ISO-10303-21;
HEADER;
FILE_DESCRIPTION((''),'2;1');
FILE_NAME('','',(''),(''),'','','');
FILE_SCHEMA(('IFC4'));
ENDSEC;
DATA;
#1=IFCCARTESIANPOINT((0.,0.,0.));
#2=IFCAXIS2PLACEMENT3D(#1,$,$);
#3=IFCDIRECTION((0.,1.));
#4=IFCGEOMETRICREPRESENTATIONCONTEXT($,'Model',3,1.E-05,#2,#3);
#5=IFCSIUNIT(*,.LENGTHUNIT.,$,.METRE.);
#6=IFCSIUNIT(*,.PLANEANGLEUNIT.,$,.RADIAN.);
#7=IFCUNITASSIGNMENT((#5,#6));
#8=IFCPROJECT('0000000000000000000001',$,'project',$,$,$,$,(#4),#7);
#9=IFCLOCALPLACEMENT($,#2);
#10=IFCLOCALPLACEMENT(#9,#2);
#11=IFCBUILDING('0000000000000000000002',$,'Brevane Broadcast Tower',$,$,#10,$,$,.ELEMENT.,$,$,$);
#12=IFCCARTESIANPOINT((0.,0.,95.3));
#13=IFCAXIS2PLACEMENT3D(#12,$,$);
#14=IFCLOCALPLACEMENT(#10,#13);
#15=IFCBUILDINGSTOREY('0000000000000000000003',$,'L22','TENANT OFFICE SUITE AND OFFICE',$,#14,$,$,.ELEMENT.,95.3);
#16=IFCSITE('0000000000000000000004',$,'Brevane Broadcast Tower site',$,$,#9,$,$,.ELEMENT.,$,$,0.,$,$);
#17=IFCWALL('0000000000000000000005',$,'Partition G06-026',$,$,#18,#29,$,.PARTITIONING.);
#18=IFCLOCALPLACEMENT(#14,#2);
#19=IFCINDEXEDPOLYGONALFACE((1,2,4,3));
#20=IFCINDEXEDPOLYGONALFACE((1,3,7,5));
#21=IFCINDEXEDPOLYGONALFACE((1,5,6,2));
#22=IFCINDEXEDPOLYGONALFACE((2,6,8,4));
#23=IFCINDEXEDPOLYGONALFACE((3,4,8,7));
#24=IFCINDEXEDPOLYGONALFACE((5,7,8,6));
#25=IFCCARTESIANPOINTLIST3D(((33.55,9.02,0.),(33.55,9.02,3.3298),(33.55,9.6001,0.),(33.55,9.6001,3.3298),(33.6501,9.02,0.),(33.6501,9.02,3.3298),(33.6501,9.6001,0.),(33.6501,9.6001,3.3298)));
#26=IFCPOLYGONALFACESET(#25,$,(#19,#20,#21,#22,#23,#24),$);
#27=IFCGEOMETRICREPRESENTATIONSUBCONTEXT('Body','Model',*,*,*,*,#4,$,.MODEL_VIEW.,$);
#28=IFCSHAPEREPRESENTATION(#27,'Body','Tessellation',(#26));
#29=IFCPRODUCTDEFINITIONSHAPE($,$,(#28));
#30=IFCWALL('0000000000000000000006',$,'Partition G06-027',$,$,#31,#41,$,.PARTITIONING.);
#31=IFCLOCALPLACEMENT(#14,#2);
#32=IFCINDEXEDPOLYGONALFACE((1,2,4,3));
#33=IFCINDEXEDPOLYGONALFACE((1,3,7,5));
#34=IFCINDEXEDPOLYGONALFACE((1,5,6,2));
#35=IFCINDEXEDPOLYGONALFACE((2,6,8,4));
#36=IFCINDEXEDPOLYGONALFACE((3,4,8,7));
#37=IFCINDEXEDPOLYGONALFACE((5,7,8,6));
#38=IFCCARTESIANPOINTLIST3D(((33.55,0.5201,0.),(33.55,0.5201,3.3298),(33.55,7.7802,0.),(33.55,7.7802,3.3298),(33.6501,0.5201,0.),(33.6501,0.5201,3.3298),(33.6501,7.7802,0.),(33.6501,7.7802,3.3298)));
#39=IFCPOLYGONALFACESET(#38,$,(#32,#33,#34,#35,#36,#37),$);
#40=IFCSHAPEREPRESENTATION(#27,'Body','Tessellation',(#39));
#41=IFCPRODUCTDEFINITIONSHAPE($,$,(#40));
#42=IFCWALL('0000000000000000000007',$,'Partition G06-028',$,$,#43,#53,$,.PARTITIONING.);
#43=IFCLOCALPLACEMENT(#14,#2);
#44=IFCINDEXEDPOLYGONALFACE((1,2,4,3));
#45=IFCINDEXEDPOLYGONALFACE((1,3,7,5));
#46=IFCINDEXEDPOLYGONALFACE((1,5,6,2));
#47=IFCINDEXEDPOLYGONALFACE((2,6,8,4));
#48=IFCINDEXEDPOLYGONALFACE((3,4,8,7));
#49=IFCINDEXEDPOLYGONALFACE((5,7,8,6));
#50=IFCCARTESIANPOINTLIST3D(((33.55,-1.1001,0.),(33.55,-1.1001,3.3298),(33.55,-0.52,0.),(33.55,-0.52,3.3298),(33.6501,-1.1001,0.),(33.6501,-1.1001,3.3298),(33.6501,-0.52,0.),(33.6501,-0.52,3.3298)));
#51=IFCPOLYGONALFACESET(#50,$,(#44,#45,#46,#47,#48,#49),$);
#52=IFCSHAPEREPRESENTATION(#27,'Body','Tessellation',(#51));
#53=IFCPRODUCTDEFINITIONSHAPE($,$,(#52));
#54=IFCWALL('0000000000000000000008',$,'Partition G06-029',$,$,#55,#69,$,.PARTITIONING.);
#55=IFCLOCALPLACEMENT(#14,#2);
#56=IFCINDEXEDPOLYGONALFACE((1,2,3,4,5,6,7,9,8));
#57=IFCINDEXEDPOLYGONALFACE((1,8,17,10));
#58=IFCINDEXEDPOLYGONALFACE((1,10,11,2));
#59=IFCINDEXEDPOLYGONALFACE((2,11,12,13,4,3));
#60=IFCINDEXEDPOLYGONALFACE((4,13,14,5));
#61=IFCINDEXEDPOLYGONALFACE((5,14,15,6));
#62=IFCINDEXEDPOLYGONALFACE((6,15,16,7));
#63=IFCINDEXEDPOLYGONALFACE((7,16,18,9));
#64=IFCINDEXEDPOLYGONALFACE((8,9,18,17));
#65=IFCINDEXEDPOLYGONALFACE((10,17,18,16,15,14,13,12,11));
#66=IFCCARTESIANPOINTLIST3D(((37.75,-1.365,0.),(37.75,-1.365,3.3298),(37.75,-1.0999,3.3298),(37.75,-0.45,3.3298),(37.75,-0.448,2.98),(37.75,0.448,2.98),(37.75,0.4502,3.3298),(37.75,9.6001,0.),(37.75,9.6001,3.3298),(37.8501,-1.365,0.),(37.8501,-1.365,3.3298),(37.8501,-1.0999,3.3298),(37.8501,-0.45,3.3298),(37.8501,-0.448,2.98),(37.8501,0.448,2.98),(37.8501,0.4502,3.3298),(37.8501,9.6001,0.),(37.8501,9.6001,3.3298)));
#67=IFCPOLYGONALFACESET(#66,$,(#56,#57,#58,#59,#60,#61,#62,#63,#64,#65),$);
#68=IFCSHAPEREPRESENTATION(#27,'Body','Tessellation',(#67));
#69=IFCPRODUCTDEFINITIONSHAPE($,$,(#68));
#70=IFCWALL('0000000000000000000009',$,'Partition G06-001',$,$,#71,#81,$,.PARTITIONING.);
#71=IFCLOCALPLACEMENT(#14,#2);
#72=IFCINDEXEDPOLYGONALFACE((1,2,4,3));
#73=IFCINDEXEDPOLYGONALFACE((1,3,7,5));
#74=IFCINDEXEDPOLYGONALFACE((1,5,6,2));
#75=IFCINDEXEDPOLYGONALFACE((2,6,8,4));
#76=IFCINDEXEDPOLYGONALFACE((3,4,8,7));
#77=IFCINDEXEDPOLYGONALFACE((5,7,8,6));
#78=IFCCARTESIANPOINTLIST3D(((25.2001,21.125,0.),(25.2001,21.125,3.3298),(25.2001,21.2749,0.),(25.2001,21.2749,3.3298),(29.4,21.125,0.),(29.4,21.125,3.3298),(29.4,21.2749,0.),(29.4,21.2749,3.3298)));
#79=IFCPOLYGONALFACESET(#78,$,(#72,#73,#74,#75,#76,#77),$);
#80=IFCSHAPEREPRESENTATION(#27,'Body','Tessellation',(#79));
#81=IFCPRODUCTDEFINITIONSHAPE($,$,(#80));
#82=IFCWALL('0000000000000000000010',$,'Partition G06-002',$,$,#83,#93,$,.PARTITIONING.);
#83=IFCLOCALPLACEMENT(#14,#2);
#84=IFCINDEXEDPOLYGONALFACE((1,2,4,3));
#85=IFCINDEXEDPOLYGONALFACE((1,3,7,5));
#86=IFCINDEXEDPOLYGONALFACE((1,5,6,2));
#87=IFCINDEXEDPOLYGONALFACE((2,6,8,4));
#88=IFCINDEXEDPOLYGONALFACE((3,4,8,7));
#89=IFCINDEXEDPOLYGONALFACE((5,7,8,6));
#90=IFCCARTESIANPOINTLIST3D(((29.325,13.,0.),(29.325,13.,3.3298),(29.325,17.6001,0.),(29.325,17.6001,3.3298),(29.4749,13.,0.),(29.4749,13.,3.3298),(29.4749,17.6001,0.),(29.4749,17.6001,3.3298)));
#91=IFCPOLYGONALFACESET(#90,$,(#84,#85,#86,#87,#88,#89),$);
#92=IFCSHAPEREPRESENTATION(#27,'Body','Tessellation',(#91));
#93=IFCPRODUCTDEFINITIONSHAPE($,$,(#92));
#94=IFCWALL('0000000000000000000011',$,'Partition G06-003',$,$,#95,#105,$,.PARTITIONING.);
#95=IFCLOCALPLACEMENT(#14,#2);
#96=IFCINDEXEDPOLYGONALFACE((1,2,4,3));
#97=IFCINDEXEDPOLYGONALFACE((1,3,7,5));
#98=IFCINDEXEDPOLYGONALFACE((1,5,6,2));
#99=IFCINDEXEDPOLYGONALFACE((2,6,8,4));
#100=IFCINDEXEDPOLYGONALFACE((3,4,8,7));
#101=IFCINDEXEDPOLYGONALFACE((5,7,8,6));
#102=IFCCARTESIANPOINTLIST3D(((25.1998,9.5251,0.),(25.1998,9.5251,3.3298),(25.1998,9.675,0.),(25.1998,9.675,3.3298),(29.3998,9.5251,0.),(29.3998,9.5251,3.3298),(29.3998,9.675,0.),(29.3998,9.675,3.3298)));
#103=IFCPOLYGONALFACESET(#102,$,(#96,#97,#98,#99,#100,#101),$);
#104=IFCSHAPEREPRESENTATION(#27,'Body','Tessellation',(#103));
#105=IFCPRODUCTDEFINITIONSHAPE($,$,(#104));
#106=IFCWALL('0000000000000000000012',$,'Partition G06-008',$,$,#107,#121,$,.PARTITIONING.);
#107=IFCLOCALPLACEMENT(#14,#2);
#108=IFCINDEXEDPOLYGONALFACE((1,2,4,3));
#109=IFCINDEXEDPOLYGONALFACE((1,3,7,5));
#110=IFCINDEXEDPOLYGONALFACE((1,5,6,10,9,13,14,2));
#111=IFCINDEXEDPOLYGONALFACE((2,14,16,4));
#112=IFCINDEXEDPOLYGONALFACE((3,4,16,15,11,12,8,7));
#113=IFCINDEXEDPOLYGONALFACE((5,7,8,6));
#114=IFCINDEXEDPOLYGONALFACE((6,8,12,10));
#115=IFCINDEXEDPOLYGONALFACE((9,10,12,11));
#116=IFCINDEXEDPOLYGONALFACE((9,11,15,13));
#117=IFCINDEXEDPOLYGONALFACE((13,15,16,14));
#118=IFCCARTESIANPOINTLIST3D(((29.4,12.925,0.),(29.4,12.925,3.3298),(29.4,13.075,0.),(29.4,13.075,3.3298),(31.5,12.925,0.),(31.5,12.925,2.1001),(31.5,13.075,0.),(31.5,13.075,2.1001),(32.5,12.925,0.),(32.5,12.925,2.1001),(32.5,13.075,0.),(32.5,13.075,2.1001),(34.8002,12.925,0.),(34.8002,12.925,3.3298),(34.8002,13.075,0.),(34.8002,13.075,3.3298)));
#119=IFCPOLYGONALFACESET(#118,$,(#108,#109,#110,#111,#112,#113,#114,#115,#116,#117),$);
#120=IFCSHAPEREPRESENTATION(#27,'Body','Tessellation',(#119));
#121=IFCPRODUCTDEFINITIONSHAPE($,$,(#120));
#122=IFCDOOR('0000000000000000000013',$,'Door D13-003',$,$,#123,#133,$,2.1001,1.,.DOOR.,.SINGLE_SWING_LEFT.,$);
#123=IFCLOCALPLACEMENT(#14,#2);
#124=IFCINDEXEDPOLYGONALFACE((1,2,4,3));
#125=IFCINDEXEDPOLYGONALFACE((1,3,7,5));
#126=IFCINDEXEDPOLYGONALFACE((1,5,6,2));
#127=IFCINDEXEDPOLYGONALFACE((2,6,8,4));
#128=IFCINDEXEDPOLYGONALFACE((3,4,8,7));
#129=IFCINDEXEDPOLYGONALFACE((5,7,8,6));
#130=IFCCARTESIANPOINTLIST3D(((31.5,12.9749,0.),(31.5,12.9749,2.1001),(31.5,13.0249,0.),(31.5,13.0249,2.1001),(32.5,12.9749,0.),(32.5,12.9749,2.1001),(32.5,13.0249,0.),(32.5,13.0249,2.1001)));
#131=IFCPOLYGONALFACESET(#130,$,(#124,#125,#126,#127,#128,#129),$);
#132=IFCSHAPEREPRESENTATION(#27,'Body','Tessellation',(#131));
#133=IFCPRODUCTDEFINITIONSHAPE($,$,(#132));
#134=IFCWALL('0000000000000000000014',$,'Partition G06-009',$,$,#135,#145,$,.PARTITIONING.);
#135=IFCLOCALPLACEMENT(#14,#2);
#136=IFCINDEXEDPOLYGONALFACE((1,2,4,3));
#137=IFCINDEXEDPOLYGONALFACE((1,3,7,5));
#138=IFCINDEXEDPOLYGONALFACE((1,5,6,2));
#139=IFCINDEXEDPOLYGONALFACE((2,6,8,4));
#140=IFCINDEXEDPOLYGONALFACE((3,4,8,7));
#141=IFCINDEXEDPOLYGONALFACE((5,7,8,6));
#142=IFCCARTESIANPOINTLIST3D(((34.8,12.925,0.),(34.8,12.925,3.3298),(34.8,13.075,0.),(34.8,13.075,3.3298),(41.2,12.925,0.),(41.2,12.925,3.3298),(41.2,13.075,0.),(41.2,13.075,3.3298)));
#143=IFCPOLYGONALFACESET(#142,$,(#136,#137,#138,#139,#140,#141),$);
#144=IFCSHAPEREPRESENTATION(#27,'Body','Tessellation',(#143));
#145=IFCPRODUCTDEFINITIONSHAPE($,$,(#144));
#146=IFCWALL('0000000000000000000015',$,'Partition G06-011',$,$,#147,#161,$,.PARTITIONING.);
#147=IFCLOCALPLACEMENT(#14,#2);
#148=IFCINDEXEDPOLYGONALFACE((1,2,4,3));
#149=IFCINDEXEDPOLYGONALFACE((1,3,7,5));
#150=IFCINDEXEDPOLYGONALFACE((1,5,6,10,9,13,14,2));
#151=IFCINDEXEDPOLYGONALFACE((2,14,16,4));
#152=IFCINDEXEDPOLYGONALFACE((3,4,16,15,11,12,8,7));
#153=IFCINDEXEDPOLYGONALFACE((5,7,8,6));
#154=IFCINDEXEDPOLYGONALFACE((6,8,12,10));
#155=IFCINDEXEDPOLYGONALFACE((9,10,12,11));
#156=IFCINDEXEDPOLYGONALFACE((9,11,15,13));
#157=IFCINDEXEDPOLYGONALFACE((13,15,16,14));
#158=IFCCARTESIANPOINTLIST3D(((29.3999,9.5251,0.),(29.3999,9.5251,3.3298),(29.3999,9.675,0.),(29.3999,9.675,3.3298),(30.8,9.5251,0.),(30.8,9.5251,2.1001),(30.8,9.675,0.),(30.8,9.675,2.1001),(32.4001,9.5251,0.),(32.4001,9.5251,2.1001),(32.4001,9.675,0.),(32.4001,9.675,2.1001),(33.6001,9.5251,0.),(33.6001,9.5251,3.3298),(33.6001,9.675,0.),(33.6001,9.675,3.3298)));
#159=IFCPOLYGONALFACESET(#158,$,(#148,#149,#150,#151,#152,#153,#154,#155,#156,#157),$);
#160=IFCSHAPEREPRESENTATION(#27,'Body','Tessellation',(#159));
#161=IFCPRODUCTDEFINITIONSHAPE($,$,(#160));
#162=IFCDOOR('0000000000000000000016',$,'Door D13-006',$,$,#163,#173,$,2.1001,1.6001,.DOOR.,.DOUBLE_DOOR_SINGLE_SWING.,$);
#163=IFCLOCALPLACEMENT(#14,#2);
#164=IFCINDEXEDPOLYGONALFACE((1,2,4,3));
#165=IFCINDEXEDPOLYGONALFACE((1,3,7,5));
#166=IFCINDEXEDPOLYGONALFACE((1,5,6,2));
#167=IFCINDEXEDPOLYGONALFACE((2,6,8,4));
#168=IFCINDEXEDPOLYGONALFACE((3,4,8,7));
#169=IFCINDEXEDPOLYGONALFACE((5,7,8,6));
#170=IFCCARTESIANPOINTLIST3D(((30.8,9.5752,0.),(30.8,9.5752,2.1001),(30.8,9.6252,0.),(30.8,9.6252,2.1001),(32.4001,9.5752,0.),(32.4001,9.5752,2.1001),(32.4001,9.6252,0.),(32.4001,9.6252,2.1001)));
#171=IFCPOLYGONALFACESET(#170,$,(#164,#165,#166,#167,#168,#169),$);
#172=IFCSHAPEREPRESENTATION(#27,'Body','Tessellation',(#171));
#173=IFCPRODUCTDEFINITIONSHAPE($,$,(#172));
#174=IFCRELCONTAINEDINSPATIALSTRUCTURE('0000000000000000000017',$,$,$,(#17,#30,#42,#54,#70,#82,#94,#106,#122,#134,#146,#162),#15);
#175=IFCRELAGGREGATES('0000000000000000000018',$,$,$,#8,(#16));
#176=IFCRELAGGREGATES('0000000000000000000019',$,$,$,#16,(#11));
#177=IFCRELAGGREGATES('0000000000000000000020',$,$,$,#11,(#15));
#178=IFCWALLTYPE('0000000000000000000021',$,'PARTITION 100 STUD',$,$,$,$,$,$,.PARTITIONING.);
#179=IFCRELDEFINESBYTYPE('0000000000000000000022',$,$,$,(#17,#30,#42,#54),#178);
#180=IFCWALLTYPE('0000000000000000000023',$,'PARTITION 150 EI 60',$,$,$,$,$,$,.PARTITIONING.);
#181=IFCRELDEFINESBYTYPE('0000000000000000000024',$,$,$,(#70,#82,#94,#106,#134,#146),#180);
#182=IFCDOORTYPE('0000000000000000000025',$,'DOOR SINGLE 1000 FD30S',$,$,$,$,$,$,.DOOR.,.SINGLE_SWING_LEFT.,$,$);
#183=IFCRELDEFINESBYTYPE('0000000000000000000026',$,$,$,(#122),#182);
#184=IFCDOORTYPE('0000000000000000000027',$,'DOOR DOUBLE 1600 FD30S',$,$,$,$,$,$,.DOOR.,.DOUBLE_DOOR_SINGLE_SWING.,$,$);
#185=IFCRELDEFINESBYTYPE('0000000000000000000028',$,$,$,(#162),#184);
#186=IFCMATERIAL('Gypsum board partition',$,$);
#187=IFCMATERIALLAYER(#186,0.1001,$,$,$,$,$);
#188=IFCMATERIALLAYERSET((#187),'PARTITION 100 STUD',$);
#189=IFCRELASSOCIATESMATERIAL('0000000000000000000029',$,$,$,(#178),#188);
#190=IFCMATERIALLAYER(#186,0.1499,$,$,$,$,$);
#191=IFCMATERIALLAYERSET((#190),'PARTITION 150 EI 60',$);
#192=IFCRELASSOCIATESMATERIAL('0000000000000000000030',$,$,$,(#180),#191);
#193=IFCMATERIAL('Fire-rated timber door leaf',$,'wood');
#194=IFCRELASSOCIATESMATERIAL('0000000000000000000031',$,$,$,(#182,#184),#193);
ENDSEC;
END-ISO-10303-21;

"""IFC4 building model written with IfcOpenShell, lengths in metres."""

from ifc_helpers import new_model, si_unit, direction, frame, frame_2d, origin, place, context, subcontext, project, spatial, polyline, rectangle, outline, extrude, material, layer, layer_set, type_object, element, fill, save


model = new_model("IFC4")

# Units and contexts
model_context = context("Model", 3, precision=1e-05, world=origin(), true_north=direction((0.0, 1.0)))
body_context = subcontext(model_context, "Body", "Model", "MODEL_VIEW")
ifc_project = project(units=[si_unit("LENGTHUNIT", "METRE"), si_unit("PLANEANGLEUNIT", "RADIAN")], contexts=[model_context])

# Site, building, storey
site_placement = place(None, origin())
site = spatial("IfcSite", under=ifc_project, at=site_placement, Name="Brevane Broadcast Tower site", CompositionType="ELEMENT", RefElevation=0.0)
building_placement = place(site_placement, origin())
building = spatial("IfcBuilding", under=site, at=building_placement, Name="Brevane Broadcast Tower", CompositionType="ELEMENT")
storey_placement = place(building_placement, frame((0.0, 0.0, 95.3)))
storey = spatial("IfcBuildingStorey", under=building, at=storey_placement, Name="L22", Description="TENANT OFFICE SUITE AND OFFICE", CompositionType="ELEMENT", Elevation=95.3)

# Walls
ifc_material_1 = material(Name="Gypsum board partition")
ifc_layer_1 = layer(ifc_material_1, 0.1001)
ifc_layer_set_1 = layer_set([ifc_layer_1], Name="PARTITION 100 STUD")
wall_type_1 = type_object("IfcWallType", Name="PARTITION 100 STUD", PredefinedType="PARTITIONING", material=ifc_layer_set_1)
wall_1_placement = place(storey_placement, frame((33.6001, 9.6001, 0.0), z_axis=(0.0, 0.0, 1.0), x_axis=(0.0, -1.0, 0.0)))
element("IfcWall", 1, at=wall_1_placement, inside=storey, type_object=wall_type_1, Name="Partition G06-026", PredefinedType="PARTITIONING", context=body_context, shape_type="SweptSolid", body=[
    extrude(rectangle(XDim=0.5801, YDim=0.1001, at=frame_2d((0.29, 0.0))), origin(), (0.0, 0.0, 1.0), 3.3298),
])
wall_2_placement = place(storey_placement, frame((33.6001, 7.78, 0.0), z_axis=(0.0, 0.0, 1.0), x_axis=(0.0, -1.0, 0.0)))
element("IfcWall", 2, at=wall_2_placement, inside=storey, type_object=wall_type_1, Name="Partition G06-027", PredefinedType="PARTITIONING", context=body_context, shape_type="SweptSolid", body=[
    extrude(rectangle(XDim=7.26, YDim=0.1001, at=frame_2d((3.6299, 0.0))), origin(), (0.0, 0.0, 1.0), 3.3298),
])
wall_3_placement = place(storey_placement, frame((33.6001, -0.52, 0.0), z_axis=(0.0, 0.0, 1.0), x_axis=(0.0, -1.0, 0.0)))
element("IfcWall", 3, at=wall_3_placement, inside=storey, type_object=wall_type_1, Name="Partition G06-028", PredefinedType="PARTITIONING", context=body_context, shape_type="SweptSolid", body=[
    extrude(rectangle(XDim=0.5801, YDim=0.1001, at=frame_2d((0.29, 0.0))), origin(), (0.0, 0.0, 1.0), 3.3298),
])
wall_4_placement = place(storey_placement, frame((37.8, 9.6001, 0.0), z_axis=(0.0, 0.0, 1.0), x_axis=(0.0, -1.0, 0.0)))
element("IfcWall", 4, at=wall_4_placement, inside=storey, type_object=wall_type_1, Name="Partition G06-029", PredefinedType="PARTITIONING", context=body_context, shape_type="SweptSolid", body=[
    extrude(outline(polyline([(0.0, 0.0), (10.9651, 0.0), (10.9651, 3.3298), (10.7, 3.3298), (10.05, 3.3298), (10.0481, 2.98), (9.1521, 2.98), (9.1499, 3.3298), (0.0, 3.3298), (0.0, 0.0)])), frame((0.0, 0.05, 0.0), z_axis=(0.0, -1.0, 0.0), x_axis=(1.0, 0.0, 0.0)), (0.0, 0.0, 1.0), 0.1001),
])
ifc_layer_2 = layer(ifc_material_1, 0.1499)
ifc_layer_set_2 = layer_set([ifc_layer_2], Name="PARTITION 150 EI 60")
wall_type_2 = type_object("IfcWallType", Name="PARTITION 150 EI 60", PredefinedType="PARTITIONING", material=ifc_layer_set_2)
wall_5_placement = place(storey_placement, frame((25.2, 21.2, 0.0), z_axis=(0.0, 0.0, 1.0), x_axis=(1.0, 0.0, 0.0)))
element("IfcWall", 5, at=wall_5_placement, inside=storey, type_object=wall_type_2, Name="Partition G06-001", PredefinedType="PARTITIONING", context=body_context, shape_type="SweptSolid", body=[
    extrude(rectangle(XDim=4.2, YDim=0.1499, at=frame_2d((2.1001, 0.0))), origin(), (0.0, 0.0, 1.0), 3.3298),
])
wall_6_placement = place(storey_placement, frame((29.3999, 17.6001, 0.0), z_axis=(0.0, 0.0, 1.0), x_axis=(0.0, -1.0, 0.0)))
element("IfcWall", 6, at=wall_6_placement, inside=storey, type_object=wall_type_2, Name="Partition G06-002", PredefinedType="PARTITIONING", context=body_context, shape_type="SweptSolid", body=[
    extrude(rectangle(XDim=4.6001, YDim=0.1499, at=frame_2d((2.3, 0.0))), origin(), (0.0, 0.0, 1.0), 3.3298),
])
wall_7_placement = place(storey_placement, frame((29.3999, 9.6001, 0.0), z_axis=(0.0, 0.0, 1.0), x_axis=(-1.0, 0.0, 0.0)))
element("IfcWall", 7, at=wall_7_placement, inside=storey, type_object=wall_type_2, Name="Partition G06-003", PredefinedType="PARTITIONING", context=body_context, shape_type="SweptSolid", body=[
    extrude(rectangle(XDim=4.2, YDim=0.1499, at=frame_2d((2.1001, 0.0))), origin(), (0.0, 0.0, 1.0), 3.3298),
])

# Wall, opening, door
wall_8_placement = place(storey_placement, frame((29.3999, 13.0, 0.0), z_axis=(0.0, 0.0, 1.0), x_axis=(1.0, 0.0, 0.0)))
wall_8 = element("IfcWall", 8, at=wall_8_placement, inside=storey, type_object=wall_type_2, Name="Partition G06-008", PredefinedType="PARTITIONING", context=body_context, shape_type="SweptSolid", body=[
    extrude(rectangle(XDim=5.4001, YDim=0.1499, at=frame_2d((2.7002, 0.0))), origin(), (0.0, 0.0, 1.0), 3.3298),
])
opening_1_placement = place(wall_8_placement, frame((2.1001, 0.0, 0.0)))
opening_1 = element("IfcOpeningElement", 9, at=opening_1_placement, cuts=wall_8, PredefinedType="OPENING", context=body_context, shape_type="SweptSolid", body=[
    extrude(rectangle(XDim=1.0, YDim=2.1001, at=frame_2d((0.5, 1.05))), frame((0.0, 0.085, 0.0), z_axis=(0.0, -1.0, 0.0), x_axis=(1.0, 0.0, 0.0)), (0.0, 0.0, 1.0), 0.1699),
])
ifc_material_2 = material(Name="Fire-rated timber door leaf", Category="wood")
door_type_1 = type_object("IfcDoorType", Name="DOOR SINGLE 1000 FD30S", OperationType="SINGLE_SWING_LEFT", PredefinedType="DOOR", material=ifc_material_2)
door_1_placement = place(opening_1_placement, origin())
door_1 = element("IfcDoor", 10, at=door_1_placement, inside=storey, type_object=door_type_1, Name="Door D13-003", OperationType="SINGLE_SWING_LEFT", OverallHeight=2.1001, OverallWidth=1.0, PredefinedType="DOOR", context=body_context, shape_type="SweptSolid", body=[
    extrude(rectangle(XDim=1.0, YDim=2.1001, at=frame_2d((0.5, 1.05))), frame((0.0, 0.0249, 0.0), z_axis=(0.0, -1.0, 0.0), x_axis=(1.0, 0.0, 0.0)), (0.0, 0.0, 1.0), 0.05),
])
fill(opening_1, door_1)

# Wall
wall_9_placement = place(storey_placement, frame((34.8, 13.0, 0.0), z_axis=(0.0, 0.0, 1.0), x_axis=(1.0, 0.0, 0.0)))
element("IfcWall", 11, at=wall_9_placement, inside=storey, type_object=wall_type_2, Name="Partition G06-009", PredefinedType="PARTITIONING", context=body_context, shape_type="SweptSolid", body=[
    extrude(rectangle(XDim=6.3999, YDim=0.1499, at=frame_2d((3.2, 0.0))), origin(), (0.0, 0.0, 1.0), 3.3298),
])

# Wall, opening, door
wall_10_placement = place(storey_placement, frame((33.6001, 9.6001, 0.0), z_axis=(0.0, 0.0, 1.0), x_axis=(-1.0, 0.0, 0.0)))
wall_10 = element("IfcWall", 12, at=wall_10_placement, inside=storey, type_object=wall_type_2, Name="Partition G06-011", PredefinedType="PARTITIONING", context=body_context, shape_type="SweptSolid", body=[
    extrude(rectangle(XDim=4.2002, YDim=0.1499, at=frame_2d((2.1001, 0.0))), origin(), (0.0, 0.0, 1.0), 3.3298),
])
opening_2_placement = place(wall_10_placement, frame((1.2, 0.0, 0.0)))
opening_2 = element("IfcOpeningElement", 13, at=opening_2_placement, cuts=wall_10, PredefinedType="OPENING", context=body_context, shape_type="SweptSolid", body=[
    extrude(rectangle(XDim=1.6001, YDim=2.1001, at=frame_2d((0.8, 1.05))), frame((0.0, 0.085, 0.0), z_axis=(0.0, -1.0, 0.0), x_axis=(1.0, 0.0, 0.0)), (0.0, 0.0, 1.0), 0.1699),
])
door_type_2 = type_object("IfcDoorType", Name="DOOR DOUBLE 1600 FD30S", OperationType="DOUBLE_DOOR_SINGLE_SWING", PredefinedType="DOOR", material=ifc_material_2)
door_2_placement = place(opening_2_placement, origin())
door_2 = element("IfcDoor", 14, at=door_2_placement, inside=storey, type_object=door_type_2, Name="Door D13-006", OperationType="DOUBLE_DOOR_SINGLE_SWING", OverallHeight=2.1001, OverallWidth=1.6001, PredefinedType="DOOR", context=body_context, shape_type="SweptSolid", body=[
    extrude(rectangle(XDim=1.6001, YDim=2.1001, at=frame_2d((0.8, 1.05))), frame((0.0, 0.0249, 0.0), z_axis=(0.0, -1.0, 0.0), x_axis=(1.0, 0.0, 0.0)), (0.0, 0.0, 1.0), 0.05),
])
fill(opening_2, door_2)

save(model, "model.ifc")
